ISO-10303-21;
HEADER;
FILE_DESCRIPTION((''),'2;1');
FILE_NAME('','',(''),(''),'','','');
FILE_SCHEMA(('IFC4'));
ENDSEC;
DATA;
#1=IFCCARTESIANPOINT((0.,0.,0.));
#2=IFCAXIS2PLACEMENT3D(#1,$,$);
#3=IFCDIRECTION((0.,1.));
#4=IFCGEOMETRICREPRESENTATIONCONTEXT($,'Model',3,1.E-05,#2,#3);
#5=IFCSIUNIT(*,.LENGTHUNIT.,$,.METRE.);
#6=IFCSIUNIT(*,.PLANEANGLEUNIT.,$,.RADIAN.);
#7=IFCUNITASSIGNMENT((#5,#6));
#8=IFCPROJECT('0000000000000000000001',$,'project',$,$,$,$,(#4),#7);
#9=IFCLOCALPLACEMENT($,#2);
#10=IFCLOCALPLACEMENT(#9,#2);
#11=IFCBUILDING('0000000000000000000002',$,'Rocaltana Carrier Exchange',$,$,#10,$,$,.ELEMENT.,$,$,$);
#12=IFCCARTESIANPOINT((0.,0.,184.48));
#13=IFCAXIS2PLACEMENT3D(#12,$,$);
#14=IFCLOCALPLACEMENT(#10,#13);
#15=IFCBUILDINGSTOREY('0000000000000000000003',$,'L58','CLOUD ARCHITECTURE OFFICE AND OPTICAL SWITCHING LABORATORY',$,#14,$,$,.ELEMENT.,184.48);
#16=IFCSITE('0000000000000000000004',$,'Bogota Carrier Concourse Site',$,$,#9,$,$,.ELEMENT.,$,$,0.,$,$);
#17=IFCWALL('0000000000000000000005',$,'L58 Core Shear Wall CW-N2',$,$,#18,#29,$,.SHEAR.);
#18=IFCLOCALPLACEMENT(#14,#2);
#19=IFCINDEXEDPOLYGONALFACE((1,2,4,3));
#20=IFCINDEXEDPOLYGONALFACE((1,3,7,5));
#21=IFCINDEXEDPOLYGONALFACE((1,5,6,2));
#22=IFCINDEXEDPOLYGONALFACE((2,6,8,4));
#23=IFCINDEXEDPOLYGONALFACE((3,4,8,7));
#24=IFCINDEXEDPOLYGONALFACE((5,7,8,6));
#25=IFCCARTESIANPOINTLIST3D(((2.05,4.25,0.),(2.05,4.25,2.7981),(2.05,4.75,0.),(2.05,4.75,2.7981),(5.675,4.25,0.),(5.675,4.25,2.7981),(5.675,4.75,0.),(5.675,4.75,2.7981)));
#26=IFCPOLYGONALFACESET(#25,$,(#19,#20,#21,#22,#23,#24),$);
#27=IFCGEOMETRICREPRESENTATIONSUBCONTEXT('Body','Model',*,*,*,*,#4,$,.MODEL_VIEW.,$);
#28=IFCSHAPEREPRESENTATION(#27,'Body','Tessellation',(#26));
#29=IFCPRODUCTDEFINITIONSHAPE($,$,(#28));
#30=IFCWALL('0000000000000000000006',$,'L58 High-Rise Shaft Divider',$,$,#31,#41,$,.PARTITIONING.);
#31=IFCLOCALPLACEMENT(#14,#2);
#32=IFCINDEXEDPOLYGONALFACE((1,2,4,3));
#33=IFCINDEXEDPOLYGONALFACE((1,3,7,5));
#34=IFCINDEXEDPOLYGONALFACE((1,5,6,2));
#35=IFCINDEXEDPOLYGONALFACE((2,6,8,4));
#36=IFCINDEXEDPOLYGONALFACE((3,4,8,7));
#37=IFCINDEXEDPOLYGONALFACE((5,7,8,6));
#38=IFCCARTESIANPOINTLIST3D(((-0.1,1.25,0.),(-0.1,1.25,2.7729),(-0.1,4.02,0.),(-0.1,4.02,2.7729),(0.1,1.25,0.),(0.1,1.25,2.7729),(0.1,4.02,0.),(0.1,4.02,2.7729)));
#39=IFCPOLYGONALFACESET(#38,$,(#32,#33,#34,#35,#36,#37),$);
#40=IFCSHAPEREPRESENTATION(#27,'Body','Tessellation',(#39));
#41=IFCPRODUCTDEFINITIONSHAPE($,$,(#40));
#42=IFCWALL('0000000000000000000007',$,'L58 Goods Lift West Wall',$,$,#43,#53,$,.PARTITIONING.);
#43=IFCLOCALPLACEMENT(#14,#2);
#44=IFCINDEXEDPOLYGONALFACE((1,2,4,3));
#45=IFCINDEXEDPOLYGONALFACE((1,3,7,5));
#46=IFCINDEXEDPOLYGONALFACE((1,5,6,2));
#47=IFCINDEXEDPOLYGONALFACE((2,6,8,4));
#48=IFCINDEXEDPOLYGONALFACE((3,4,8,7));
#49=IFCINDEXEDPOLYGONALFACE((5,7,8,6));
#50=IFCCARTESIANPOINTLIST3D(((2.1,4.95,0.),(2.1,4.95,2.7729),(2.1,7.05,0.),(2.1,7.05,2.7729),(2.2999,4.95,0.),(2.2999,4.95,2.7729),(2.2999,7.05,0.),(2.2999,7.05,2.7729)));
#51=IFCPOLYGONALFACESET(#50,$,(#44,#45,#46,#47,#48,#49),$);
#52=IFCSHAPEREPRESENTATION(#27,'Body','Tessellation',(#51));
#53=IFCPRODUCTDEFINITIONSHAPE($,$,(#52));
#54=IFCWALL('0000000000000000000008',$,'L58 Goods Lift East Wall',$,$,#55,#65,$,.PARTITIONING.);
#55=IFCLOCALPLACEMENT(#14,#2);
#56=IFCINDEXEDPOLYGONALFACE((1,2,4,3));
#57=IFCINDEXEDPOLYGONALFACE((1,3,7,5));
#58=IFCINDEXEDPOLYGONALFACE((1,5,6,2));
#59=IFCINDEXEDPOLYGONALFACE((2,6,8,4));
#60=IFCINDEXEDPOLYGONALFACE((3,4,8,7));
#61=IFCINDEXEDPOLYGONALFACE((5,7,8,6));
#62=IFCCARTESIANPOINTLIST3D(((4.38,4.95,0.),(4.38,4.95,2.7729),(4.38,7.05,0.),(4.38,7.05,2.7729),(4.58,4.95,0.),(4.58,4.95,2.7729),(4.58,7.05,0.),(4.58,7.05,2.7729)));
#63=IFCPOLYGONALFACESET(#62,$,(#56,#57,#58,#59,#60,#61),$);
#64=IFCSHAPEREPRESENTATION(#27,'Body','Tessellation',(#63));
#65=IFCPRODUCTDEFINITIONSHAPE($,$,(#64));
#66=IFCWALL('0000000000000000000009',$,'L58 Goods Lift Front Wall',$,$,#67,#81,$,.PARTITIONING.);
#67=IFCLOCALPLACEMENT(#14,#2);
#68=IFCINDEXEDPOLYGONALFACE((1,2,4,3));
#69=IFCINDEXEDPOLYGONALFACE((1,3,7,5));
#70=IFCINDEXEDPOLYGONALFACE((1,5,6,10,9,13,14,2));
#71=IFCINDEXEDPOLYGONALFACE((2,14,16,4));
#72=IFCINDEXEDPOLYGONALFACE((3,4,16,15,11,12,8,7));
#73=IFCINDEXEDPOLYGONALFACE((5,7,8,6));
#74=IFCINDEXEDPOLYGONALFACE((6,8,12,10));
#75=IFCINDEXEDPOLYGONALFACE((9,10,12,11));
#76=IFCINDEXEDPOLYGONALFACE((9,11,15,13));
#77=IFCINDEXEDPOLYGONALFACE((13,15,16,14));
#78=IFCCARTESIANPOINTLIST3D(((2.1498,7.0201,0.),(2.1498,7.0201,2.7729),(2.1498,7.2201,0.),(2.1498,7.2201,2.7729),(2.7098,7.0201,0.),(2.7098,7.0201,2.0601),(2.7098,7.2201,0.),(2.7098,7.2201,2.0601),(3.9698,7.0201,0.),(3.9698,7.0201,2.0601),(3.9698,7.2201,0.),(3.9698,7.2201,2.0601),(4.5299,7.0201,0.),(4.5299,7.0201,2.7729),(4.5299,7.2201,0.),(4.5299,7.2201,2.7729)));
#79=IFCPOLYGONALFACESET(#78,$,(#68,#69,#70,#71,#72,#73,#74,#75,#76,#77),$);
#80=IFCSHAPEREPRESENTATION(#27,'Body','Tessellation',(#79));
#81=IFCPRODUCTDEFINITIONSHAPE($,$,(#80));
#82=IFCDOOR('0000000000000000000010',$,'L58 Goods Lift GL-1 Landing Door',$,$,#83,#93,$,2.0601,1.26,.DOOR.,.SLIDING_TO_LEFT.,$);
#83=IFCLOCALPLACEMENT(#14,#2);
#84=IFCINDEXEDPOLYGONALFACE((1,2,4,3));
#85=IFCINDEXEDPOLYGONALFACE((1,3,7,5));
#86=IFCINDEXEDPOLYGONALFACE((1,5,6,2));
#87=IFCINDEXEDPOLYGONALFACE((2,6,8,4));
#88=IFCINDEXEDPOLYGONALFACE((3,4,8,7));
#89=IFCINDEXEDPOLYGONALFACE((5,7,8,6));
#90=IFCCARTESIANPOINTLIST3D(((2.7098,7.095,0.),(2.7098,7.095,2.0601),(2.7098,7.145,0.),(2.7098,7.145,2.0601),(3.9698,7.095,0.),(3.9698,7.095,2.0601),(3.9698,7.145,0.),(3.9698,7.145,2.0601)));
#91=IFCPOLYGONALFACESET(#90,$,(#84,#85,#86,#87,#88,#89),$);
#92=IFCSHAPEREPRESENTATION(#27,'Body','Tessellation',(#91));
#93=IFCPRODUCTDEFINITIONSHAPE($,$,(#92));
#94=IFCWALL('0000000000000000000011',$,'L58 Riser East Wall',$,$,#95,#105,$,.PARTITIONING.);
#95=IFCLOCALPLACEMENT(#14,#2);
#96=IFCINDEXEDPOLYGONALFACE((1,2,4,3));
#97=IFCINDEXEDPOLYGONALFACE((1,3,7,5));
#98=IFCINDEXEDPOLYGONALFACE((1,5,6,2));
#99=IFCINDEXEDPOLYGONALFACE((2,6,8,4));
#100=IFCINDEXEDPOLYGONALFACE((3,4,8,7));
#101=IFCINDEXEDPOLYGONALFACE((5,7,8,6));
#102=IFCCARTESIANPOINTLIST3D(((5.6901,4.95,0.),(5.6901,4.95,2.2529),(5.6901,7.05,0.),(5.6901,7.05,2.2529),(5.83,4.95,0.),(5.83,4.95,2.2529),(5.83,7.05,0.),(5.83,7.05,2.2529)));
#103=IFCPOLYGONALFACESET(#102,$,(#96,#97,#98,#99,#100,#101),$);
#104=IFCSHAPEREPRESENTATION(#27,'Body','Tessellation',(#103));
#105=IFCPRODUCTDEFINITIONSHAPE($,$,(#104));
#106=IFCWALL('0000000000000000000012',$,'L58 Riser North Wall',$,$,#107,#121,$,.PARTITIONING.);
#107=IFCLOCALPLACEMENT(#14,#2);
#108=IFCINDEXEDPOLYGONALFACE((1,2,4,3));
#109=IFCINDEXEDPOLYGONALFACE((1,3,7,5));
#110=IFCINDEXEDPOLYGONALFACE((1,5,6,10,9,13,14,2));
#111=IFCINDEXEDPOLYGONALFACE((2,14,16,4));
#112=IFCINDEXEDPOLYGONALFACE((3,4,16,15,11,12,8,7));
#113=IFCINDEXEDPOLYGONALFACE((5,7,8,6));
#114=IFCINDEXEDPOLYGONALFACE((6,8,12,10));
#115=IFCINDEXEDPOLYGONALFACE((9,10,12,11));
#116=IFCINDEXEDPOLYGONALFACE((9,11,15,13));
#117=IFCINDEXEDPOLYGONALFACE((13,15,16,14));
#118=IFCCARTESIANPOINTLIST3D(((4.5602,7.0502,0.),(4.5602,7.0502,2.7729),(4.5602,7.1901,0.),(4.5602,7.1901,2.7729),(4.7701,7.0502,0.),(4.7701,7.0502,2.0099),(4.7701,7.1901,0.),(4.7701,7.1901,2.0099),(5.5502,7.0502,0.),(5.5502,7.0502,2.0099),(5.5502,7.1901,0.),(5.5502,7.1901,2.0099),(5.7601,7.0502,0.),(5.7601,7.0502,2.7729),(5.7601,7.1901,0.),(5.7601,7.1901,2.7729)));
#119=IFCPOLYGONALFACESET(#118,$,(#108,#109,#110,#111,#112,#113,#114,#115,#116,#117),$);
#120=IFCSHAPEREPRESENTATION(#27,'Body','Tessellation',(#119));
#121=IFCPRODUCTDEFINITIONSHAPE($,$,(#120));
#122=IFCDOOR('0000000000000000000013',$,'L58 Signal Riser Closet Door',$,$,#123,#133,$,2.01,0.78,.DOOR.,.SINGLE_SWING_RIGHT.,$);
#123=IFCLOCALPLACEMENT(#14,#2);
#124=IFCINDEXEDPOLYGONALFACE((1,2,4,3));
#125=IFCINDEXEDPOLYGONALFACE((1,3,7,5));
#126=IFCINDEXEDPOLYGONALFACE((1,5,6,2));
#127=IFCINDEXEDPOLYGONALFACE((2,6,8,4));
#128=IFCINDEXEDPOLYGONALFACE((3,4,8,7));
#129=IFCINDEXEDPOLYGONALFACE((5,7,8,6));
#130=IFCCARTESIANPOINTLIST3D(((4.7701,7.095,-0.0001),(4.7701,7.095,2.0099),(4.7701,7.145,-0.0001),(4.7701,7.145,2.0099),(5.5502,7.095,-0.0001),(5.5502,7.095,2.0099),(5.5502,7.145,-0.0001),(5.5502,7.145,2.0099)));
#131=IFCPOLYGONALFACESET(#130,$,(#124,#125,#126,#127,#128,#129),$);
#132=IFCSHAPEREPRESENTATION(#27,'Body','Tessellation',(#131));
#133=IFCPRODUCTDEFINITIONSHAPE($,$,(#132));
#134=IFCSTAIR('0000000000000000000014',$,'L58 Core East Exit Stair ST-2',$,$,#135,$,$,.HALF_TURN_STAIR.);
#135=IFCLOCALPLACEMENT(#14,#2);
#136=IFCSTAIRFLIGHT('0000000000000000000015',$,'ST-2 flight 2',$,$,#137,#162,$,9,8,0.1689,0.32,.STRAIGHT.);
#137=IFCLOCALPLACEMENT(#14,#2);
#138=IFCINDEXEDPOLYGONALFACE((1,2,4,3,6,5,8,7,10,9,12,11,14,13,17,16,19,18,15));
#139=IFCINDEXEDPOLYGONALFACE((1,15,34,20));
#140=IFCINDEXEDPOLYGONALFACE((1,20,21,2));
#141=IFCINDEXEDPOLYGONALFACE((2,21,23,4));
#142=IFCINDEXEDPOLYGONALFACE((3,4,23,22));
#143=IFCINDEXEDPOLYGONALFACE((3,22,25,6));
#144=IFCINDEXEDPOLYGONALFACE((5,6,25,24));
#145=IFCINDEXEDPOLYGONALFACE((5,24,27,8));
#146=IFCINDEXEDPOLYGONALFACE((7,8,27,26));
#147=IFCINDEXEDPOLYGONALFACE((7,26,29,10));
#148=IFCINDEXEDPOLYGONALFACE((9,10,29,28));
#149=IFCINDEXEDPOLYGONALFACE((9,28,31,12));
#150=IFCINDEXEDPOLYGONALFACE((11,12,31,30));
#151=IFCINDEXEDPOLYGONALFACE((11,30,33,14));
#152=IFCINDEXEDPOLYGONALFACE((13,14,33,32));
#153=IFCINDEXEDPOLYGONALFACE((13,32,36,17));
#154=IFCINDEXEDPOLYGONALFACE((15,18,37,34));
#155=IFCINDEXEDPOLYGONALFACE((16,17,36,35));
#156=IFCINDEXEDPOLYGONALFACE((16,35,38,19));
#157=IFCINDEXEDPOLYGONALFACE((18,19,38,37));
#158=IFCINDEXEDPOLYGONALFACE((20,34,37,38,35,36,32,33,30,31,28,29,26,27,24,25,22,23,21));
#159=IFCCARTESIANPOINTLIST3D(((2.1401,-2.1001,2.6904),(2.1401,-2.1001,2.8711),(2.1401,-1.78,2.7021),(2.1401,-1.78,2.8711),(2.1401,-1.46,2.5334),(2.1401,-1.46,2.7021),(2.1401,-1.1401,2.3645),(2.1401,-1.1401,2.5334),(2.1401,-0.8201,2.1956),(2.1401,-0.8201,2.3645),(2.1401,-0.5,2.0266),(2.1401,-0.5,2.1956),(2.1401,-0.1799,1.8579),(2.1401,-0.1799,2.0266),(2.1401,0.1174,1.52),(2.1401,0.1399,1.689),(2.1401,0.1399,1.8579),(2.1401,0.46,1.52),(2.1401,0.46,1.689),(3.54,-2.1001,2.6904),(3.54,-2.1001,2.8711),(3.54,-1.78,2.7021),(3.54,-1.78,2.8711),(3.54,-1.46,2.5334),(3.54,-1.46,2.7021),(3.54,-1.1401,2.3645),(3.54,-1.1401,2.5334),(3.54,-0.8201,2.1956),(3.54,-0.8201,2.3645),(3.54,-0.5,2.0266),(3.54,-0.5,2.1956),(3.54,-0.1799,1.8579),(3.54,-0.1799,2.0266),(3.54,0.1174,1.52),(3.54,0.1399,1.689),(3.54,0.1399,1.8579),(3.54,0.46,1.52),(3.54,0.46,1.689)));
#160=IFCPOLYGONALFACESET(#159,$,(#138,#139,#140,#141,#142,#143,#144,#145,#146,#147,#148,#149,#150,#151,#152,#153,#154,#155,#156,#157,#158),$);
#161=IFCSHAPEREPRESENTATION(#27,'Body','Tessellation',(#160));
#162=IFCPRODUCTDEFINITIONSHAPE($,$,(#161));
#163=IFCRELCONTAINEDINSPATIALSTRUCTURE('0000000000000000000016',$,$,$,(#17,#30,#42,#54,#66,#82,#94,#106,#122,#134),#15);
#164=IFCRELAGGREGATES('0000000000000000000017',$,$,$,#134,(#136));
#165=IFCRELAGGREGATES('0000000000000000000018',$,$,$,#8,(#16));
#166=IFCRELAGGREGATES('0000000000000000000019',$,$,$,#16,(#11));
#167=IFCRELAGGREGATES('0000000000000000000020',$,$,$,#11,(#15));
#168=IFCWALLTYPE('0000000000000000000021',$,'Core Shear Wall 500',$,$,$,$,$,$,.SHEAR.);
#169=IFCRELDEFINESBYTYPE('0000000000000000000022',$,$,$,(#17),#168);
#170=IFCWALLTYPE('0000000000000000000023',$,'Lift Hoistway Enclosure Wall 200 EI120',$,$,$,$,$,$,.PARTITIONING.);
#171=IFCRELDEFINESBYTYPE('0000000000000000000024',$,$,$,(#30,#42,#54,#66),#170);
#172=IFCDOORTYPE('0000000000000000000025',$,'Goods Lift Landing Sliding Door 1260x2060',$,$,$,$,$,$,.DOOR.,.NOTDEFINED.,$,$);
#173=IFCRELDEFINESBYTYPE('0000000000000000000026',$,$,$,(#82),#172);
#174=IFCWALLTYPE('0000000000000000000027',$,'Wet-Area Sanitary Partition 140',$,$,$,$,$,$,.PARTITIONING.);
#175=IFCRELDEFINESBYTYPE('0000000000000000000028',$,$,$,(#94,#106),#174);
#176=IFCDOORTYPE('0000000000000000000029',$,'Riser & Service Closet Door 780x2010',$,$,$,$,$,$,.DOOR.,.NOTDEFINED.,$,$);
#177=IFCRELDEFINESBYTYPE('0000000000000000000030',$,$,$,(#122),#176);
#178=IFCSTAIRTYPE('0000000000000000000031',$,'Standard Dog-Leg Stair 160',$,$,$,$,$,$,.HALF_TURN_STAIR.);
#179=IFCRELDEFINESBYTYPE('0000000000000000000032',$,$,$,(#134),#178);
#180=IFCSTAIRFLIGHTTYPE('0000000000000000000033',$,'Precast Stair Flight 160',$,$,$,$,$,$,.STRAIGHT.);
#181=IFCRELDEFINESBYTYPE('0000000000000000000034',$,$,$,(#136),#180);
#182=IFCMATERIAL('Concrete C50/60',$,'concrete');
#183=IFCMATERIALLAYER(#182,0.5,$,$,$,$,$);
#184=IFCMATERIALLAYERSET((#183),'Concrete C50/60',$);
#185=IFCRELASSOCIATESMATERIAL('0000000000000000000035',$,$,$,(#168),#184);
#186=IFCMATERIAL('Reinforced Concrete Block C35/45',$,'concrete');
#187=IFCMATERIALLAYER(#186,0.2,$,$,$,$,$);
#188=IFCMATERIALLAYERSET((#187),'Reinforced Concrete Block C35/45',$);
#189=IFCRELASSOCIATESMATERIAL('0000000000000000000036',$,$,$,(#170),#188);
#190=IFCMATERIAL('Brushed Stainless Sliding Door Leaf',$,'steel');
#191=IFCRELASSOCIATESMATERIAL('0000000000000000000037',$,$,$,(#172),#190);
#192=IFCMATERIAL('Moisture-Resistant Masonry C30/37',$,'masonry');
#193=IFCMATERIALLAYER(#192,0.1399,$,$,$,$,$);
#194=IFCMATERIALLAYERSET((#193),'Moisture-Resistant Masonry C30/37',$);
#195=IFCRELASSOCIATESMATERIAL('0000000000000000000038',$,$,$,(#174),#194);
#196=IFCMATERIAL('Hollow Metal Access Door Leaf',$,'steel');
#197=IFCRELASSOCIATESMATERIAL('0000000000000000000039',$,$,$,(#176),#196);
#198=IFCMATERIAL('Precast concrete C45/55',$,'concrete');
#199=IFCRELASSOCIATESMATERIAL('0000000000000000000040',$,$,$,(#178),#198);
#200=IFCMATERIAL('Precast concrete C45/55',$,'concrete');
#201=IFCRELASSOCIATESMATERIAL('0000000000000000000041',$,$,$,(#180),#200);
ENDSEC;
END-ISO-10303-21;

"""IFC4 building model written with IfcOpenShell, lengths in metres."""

from ifc_helpers import new_model, si_unit, direction, frame, frame_2d, origin, place, context, subcontext, project, spatial, polyline, rectangle, outline, extrude, material, layer, layer_set, type_object, element, fill, aggregate, save


model = new_model("IFC4")

# Units and contexts
model_context = context("Model", 3, precision=1e-05, world=origin(), true_north=direction((0.0, 1.0)))
body_context = subcontext(model_context, "Body", "Model", "MODEL_VIEW")
ifc_project = project(units=[si_unit("LENGTHUNIT", "METRE"), si_unit("PLANEANGLEUNIT", "RADIAN")], contexts=[model_context])

# Site, building, storey
site_placement = place(None, origin())
site = spatial("IfcSite", under=ifc_project, at=site_placement, Name="Bogota Carrier Concourse Site", CompositionType="ELEMENT", RefElevation=0.0)
building_placement = place(site_placement, origin())
building = spatial("IfcBuilding", under=site, at=building_placement, Name="Rocaltana Carrier Exchange", CompositionType="ELEMENT")
storey_placement = place(building_placement, frame((0.0, 0.0, 184.48)))
storey = spatial("IfcBuildingStorey", under=building, at=storey_placement, Name="L58", Description="CLOUD ARCHITECTURE OFFICE AND OPTICAL SWITCHING LABORATORY", CompositionType="ELEMENT", Elevation=184.48)

# Walls
ifc_material_1 = material(Name="Concrete C50/60", Category="concrete")
ifc_layer_1 = layer(ifc_material_1, 0.5)
ifc_layer_set_1 = layer_set([ifc_layer_1], Name="Concrete C50/60")
wall_type_1 = type_object("IfcWallType", Name="Core Shear Wall 500", PredefinedType="SHEAR", material=ifc_layer_set_1)
wall_1_placement = place(storey_placement, frame((2.05, 4.5, 0.0), z_axis=(0.0, 0.0, 1.0), x_axis=(1.0, 0.0, 0.0)))
element("IfcWall", 1, at=wall_1_placement, inside=storey, type_object=wall_type_1, Name="L58 Core Shear Wall CW-N2", PredefinedType="SHEAR", context=body_context, shape_type="SweptSolid", body=[
    extrude(rectangle(XDim=3.625, YDim=0.5, at=frame_2d((1.8125, 0.0))), origin(), (0.0, 0.0, 1.0), 2.7981),
])
ifc_material_2 = material(Name="Reinforced Concrete Block C35/45", Category="concrete")
ifc_layer_2 = layer(ifc_material_2, 0.2)
ifc_layer_set_2 = layer_set([ifc_layer_2], Name="Reinforced Concrete Block C35/45")
wall_type_2 = type_object("IfcWallType", Name="Lift Hoistway Enclosure Wall 200 EI120", PredefinedType="PARTITIONING", material=ifc_layer_set_2)
wall_2_placement = place(storey_placement, frame((0.0, 1.25, 0.0), z_axis=(0.0, 0.0, 1.0), x_axis=(0.0, 1.0, 0.0)))
element("IfcWall", 2, at=wall_2_placement, inside=storey, type_object=wall_type_2, Name="L58 High-Rise Shaft Divider", PredefinedType="PARTITIONING", context=body_context, shape_type="SweptSolid", body=[
    extrude(rectangle(XDim=2.77, YDim=0.2, at=frame_2d((1.385, 0.0))), origin(), (0.0, 0.0, 1.0), 2.7729),
])
for number, where, z_axis, x_axis, name in (
    (3, (2.2, 4.95, 0.0), (0.0, 0.0, 1.0), (0.0, 1.0, 0.0), "L58 Goods Lift West Wall"),
    (4, (4.48, 4.95, 0.0), (0.0, 0.0, 1.0), (0.0, 1.0, 0.0), "L58 Goods Lift East Wall"),
):
    element("IfcWall", number, at=place(storey_placement, frame(where, z_axis=z_axis, x_axis=x_axis)), inside=storey, type_object=wall_type_2, Name=name, PredefinedType="PARTITIONING", context=body_context, shape_type="SweptSolid", body=[
        extrude(rectangle(XDim=2.1001, YDim=0.2, at=frame_2d((1.05, 0.0))), origin(), (0.0, 0.0, 1.0), 2.7729),
    ])

# Wall, opening, door
wall_3_placement = place(storey_placement, frame((2.1499, 7.1201, 0.0), z_axis=(0.0, 0.0, 1.0), x_axis=(1.0, 0.0, 0.0)))
wall_3 = element("IfcWall", 5, at=wall_3_placement, inside=storey, type_object=wall_type_2, Name="L58 Goods Lift Front Wall", PredefinedType="PARTITIONING", context=body_context, shape_type="SweptSolid", body=[
    extrude(rectangle(XDim=2.3801, YDim=0.2, at=frame_2d((1.1899, 0.0))), origin(), (0.0, 0.0, 1.0), 2.7729),
])
opening_1_placement = place(wall_3_placement, frame((0.5601, 0.0, 0.0)))
opening_1 = element("IfcOpeningElement", 6, at=opening_1_placement, cuts=wall_3, PredefinedType="OPENING", context=body_context, shape_type="SweptSolid", body=[
    extrude(rectangle(XDim=1.26, YDim=2.0601, at=frame_2d((0.6299, 1.03))), frame((0.0, 0.1099, 0.0), z_axis=(0.0, -1.0, 0.0), x_axis=(1.0, 0.0, 0.0)), (0.0, 0.0, 1.0), 0.22),
])
ifc_material_3 = material(Name="Brushed Stainless Sliding Door Leaf", Category="steel")
door_type_1 = type_object("IfcDoorType", Name="Goods Lift Landing Sliding Door 1260x2060", OperationType="NOTDEFINED", PredefinedType="DOOR", material=ifc_material_3)
door_1_placement = place(opening_1_placement, origin())
door_1 = element("IfcDoor", 7, at=door_1_placement, inside=storey, type_object=door_type_1, Name="L58 Goods Lift GL-1 Landing Door", OperationType="SLIDING_TO_LEFT", OverallHeight=2.0601, OverallWidth=1.26, PredefinedType="DOOR", context=body_context, shape_type="SweptSolid", body=[
    extrude(rectangle(XDim=1.26, YDim=2.0601, at=frame_2d((0.6299, 1.03))), frame((0.0, 0.0249, 0.0), z_axis=(0.0, -1.0, 0.0), x_axis=(1.0, 0.0, 0.0)), (0.0, 0.0, 1.0), 0.05),
])
fill(opening_1, door_1)

# Wall
ifc_material_4 = material(Name="Moisture-Resistant Masonry C30/37", Category="masonry")
ifc_layer_3 = layer(ifc_material_4, 0.1399)
ifc_layer_set_3 = layer_set([ifc_layer_3], Name="Moisture-Resistant Masonry C30/37")
wall_type_3 = type_object("IfcWallType", Name="Wet-Area Sanitary Partition 140", PredefinedType="PARTITIONING", material=ifc_layer_set_3)
wall_4_placement = place(storey_placement, frame((5.76, 4.95, 0.0), z_axis=(0.0, 0.0, 1.0), x_axis=(0.0, 1.0, 0.0)))
element("IfcWall", 8, at=wall_4_placement, inside=storey, type_object=wall_type_3, Name="L58 Riser East Wall", PredefinedType="PARTITIONING", context=body_context, shape_type="SweptSolid", body=[
    extrude(rectangle(XDim=2.1001, YDim=0.1399, at=frame_2d((1.05, 0.0))), origin(), (0.0, 0.0, 1.0), 2.2529),
])

# Wall, opening, door
wall_5_placement = place(storey_placement, frame((4.5601, 7.1201, 0.0), z_axis=(0.0, 0.0, 1.0), x_axis=(1.0, 0.0, 0.0)))
wall_5 = element("IfcWall", 9, at=wall_5_placement, inside=storey, type_object=wall_type_3, Name="L58 Riser North Wall", PredefinedType="PARTITIONING", context=body_context, shape_type="SweptSolid", body=[
    extrude(rectangle(XDim=1.2, YDim=0.1399, at=frame_2d((0.6001, 0.0))), origin(), (0.0, 0.0, 1.0), 2.7729),
])
opening_2_placement = place(wall_5_placement, frame((0.21, 0.0, 0.0)))
opening_2 = element("IfcOpeningElement", 10, at=opening_2_placement, cuts=wall_5, PredefinedType="OPENING", context=body_context, shape_type="SweptSolid", body=[
    extrude(rectangle(XDim=0.78, YDim=2.01, at=frame_2d((0.3901, 1.0049))), frame((0.0, 0.0798, 0.0), z_axis=(0.0, -1.0, 0.0), x_axis=(1.0, 0.0, 0.0)), (0.0, 0.0, 1.0), 0.1599),
])
ifc_material_5 = material(Name="Hollow Metal Access Door Leaf", Category="steel")
door_type_2 = type_object("IfcDoorType", Name="Riser & Service Closet Door 780x2010", OperationType="NOTDEFINED", PredefinedType="DOOR", material=ifc_material_5)
door_2_placement = place(opening_2_placement, origin())
door_2 = element("IfcDoor", 11, at=door_2_placement, inside=storey, type_object=door_type_2, Name="L58 Signal Riser Closet Door", OperationType="SINGLE_SWING_RIGHT", OverallHeight=2.01, OverallWidth=0.78, PredefinedType="DOOR", context=body_context, shape_type="SweptSolid", body=[
    extrude(rectangle(XDim=0.78, YDim=2.01, at=frame_2d((0.3901, 1.0049))), frame((0.0, 0.0249, 0.0), z_axis=(0.0, -1.0, 0.0), x_axis=(1.0, 0.0, 0.0)), (0.0, 0.0, 1.0), 0.05),
])
fill(opening_2, door_2)

# Stair, stair flight
ifc_material_6 = material(Name="Precast concrete C45/55", Category="concrete")
stair_type = type_object("IfcStairType", Name="Standard Dog-Leg Stair 160", PredefinedType="HALF_TURN_STAIR", material=ifc_material_6)
stair_placement = place(storey_placement, origin())
stair = element("IfcStair", 12, at=stair_placement, inside=storey, type_object=stair_type, Name="L58 Core East Exit Stair ST-2", PredefinedType="HALF_TURN_STAIR")
ifc_material_7 = material(Name="Precast concrete C45/55", Category="concrete")
stair_flight_type = type_object("IfcStairFlightType", Name="Precast Stair Flight 160", PredefinedType="STRAIGHT", material=ifc_material_7)
stair_flight_placement = place(storey_placement, frame((2.8401, 0.46, 1.52), z_axis=(0.0, 0.0, 1.0), x_axis=(0.0, -1.0, 0.0)))
stair_flight = element("IfcStairFlight", 13, at=stair_flight_placement, type_object=stair_flight_type, Name="ST-2 flight 2", NumberOfRisers=9, NumberOfTreads=8, PredefinedType="STRAIGHT", RiserHeight=0.1689, TreadLength=0.32, context=body_context, shape_type="SweptSolid", body=[
    extrude(outline(polyline([(0.0, 0.0), (0.0, 0.1689), (0.3201, 0.1689), (0.3201, 0.3379), (0.6399, 0.3379), (0.6399, 0.5066), (0.96, 0.5066), (0.96, 0.6755), (1.28, 0.6755), (1.28, 0.8445), (1.6001, 0.8445), (1.6001, 1.0134), (1.9199, 1.0134), (1.9199, 1.1821), (2.24, 1.1821), (2.24, 1.3511), (2.5601, 1.3511), (2.5601, 1.52), (2.5601, 1.1704), (0.3425, 0.0), (0.0, 0.0)])), frame((0.0, 0.7, 0.0), z_axis=(0.0, -1.0, 0.0), x_axis=(1.0, 0.0, 0.0)), (0.0, 0.0, 1.0), 1.3999),
])
aggregate(stair, [stair_flight])

save(model, "model.ifc")
